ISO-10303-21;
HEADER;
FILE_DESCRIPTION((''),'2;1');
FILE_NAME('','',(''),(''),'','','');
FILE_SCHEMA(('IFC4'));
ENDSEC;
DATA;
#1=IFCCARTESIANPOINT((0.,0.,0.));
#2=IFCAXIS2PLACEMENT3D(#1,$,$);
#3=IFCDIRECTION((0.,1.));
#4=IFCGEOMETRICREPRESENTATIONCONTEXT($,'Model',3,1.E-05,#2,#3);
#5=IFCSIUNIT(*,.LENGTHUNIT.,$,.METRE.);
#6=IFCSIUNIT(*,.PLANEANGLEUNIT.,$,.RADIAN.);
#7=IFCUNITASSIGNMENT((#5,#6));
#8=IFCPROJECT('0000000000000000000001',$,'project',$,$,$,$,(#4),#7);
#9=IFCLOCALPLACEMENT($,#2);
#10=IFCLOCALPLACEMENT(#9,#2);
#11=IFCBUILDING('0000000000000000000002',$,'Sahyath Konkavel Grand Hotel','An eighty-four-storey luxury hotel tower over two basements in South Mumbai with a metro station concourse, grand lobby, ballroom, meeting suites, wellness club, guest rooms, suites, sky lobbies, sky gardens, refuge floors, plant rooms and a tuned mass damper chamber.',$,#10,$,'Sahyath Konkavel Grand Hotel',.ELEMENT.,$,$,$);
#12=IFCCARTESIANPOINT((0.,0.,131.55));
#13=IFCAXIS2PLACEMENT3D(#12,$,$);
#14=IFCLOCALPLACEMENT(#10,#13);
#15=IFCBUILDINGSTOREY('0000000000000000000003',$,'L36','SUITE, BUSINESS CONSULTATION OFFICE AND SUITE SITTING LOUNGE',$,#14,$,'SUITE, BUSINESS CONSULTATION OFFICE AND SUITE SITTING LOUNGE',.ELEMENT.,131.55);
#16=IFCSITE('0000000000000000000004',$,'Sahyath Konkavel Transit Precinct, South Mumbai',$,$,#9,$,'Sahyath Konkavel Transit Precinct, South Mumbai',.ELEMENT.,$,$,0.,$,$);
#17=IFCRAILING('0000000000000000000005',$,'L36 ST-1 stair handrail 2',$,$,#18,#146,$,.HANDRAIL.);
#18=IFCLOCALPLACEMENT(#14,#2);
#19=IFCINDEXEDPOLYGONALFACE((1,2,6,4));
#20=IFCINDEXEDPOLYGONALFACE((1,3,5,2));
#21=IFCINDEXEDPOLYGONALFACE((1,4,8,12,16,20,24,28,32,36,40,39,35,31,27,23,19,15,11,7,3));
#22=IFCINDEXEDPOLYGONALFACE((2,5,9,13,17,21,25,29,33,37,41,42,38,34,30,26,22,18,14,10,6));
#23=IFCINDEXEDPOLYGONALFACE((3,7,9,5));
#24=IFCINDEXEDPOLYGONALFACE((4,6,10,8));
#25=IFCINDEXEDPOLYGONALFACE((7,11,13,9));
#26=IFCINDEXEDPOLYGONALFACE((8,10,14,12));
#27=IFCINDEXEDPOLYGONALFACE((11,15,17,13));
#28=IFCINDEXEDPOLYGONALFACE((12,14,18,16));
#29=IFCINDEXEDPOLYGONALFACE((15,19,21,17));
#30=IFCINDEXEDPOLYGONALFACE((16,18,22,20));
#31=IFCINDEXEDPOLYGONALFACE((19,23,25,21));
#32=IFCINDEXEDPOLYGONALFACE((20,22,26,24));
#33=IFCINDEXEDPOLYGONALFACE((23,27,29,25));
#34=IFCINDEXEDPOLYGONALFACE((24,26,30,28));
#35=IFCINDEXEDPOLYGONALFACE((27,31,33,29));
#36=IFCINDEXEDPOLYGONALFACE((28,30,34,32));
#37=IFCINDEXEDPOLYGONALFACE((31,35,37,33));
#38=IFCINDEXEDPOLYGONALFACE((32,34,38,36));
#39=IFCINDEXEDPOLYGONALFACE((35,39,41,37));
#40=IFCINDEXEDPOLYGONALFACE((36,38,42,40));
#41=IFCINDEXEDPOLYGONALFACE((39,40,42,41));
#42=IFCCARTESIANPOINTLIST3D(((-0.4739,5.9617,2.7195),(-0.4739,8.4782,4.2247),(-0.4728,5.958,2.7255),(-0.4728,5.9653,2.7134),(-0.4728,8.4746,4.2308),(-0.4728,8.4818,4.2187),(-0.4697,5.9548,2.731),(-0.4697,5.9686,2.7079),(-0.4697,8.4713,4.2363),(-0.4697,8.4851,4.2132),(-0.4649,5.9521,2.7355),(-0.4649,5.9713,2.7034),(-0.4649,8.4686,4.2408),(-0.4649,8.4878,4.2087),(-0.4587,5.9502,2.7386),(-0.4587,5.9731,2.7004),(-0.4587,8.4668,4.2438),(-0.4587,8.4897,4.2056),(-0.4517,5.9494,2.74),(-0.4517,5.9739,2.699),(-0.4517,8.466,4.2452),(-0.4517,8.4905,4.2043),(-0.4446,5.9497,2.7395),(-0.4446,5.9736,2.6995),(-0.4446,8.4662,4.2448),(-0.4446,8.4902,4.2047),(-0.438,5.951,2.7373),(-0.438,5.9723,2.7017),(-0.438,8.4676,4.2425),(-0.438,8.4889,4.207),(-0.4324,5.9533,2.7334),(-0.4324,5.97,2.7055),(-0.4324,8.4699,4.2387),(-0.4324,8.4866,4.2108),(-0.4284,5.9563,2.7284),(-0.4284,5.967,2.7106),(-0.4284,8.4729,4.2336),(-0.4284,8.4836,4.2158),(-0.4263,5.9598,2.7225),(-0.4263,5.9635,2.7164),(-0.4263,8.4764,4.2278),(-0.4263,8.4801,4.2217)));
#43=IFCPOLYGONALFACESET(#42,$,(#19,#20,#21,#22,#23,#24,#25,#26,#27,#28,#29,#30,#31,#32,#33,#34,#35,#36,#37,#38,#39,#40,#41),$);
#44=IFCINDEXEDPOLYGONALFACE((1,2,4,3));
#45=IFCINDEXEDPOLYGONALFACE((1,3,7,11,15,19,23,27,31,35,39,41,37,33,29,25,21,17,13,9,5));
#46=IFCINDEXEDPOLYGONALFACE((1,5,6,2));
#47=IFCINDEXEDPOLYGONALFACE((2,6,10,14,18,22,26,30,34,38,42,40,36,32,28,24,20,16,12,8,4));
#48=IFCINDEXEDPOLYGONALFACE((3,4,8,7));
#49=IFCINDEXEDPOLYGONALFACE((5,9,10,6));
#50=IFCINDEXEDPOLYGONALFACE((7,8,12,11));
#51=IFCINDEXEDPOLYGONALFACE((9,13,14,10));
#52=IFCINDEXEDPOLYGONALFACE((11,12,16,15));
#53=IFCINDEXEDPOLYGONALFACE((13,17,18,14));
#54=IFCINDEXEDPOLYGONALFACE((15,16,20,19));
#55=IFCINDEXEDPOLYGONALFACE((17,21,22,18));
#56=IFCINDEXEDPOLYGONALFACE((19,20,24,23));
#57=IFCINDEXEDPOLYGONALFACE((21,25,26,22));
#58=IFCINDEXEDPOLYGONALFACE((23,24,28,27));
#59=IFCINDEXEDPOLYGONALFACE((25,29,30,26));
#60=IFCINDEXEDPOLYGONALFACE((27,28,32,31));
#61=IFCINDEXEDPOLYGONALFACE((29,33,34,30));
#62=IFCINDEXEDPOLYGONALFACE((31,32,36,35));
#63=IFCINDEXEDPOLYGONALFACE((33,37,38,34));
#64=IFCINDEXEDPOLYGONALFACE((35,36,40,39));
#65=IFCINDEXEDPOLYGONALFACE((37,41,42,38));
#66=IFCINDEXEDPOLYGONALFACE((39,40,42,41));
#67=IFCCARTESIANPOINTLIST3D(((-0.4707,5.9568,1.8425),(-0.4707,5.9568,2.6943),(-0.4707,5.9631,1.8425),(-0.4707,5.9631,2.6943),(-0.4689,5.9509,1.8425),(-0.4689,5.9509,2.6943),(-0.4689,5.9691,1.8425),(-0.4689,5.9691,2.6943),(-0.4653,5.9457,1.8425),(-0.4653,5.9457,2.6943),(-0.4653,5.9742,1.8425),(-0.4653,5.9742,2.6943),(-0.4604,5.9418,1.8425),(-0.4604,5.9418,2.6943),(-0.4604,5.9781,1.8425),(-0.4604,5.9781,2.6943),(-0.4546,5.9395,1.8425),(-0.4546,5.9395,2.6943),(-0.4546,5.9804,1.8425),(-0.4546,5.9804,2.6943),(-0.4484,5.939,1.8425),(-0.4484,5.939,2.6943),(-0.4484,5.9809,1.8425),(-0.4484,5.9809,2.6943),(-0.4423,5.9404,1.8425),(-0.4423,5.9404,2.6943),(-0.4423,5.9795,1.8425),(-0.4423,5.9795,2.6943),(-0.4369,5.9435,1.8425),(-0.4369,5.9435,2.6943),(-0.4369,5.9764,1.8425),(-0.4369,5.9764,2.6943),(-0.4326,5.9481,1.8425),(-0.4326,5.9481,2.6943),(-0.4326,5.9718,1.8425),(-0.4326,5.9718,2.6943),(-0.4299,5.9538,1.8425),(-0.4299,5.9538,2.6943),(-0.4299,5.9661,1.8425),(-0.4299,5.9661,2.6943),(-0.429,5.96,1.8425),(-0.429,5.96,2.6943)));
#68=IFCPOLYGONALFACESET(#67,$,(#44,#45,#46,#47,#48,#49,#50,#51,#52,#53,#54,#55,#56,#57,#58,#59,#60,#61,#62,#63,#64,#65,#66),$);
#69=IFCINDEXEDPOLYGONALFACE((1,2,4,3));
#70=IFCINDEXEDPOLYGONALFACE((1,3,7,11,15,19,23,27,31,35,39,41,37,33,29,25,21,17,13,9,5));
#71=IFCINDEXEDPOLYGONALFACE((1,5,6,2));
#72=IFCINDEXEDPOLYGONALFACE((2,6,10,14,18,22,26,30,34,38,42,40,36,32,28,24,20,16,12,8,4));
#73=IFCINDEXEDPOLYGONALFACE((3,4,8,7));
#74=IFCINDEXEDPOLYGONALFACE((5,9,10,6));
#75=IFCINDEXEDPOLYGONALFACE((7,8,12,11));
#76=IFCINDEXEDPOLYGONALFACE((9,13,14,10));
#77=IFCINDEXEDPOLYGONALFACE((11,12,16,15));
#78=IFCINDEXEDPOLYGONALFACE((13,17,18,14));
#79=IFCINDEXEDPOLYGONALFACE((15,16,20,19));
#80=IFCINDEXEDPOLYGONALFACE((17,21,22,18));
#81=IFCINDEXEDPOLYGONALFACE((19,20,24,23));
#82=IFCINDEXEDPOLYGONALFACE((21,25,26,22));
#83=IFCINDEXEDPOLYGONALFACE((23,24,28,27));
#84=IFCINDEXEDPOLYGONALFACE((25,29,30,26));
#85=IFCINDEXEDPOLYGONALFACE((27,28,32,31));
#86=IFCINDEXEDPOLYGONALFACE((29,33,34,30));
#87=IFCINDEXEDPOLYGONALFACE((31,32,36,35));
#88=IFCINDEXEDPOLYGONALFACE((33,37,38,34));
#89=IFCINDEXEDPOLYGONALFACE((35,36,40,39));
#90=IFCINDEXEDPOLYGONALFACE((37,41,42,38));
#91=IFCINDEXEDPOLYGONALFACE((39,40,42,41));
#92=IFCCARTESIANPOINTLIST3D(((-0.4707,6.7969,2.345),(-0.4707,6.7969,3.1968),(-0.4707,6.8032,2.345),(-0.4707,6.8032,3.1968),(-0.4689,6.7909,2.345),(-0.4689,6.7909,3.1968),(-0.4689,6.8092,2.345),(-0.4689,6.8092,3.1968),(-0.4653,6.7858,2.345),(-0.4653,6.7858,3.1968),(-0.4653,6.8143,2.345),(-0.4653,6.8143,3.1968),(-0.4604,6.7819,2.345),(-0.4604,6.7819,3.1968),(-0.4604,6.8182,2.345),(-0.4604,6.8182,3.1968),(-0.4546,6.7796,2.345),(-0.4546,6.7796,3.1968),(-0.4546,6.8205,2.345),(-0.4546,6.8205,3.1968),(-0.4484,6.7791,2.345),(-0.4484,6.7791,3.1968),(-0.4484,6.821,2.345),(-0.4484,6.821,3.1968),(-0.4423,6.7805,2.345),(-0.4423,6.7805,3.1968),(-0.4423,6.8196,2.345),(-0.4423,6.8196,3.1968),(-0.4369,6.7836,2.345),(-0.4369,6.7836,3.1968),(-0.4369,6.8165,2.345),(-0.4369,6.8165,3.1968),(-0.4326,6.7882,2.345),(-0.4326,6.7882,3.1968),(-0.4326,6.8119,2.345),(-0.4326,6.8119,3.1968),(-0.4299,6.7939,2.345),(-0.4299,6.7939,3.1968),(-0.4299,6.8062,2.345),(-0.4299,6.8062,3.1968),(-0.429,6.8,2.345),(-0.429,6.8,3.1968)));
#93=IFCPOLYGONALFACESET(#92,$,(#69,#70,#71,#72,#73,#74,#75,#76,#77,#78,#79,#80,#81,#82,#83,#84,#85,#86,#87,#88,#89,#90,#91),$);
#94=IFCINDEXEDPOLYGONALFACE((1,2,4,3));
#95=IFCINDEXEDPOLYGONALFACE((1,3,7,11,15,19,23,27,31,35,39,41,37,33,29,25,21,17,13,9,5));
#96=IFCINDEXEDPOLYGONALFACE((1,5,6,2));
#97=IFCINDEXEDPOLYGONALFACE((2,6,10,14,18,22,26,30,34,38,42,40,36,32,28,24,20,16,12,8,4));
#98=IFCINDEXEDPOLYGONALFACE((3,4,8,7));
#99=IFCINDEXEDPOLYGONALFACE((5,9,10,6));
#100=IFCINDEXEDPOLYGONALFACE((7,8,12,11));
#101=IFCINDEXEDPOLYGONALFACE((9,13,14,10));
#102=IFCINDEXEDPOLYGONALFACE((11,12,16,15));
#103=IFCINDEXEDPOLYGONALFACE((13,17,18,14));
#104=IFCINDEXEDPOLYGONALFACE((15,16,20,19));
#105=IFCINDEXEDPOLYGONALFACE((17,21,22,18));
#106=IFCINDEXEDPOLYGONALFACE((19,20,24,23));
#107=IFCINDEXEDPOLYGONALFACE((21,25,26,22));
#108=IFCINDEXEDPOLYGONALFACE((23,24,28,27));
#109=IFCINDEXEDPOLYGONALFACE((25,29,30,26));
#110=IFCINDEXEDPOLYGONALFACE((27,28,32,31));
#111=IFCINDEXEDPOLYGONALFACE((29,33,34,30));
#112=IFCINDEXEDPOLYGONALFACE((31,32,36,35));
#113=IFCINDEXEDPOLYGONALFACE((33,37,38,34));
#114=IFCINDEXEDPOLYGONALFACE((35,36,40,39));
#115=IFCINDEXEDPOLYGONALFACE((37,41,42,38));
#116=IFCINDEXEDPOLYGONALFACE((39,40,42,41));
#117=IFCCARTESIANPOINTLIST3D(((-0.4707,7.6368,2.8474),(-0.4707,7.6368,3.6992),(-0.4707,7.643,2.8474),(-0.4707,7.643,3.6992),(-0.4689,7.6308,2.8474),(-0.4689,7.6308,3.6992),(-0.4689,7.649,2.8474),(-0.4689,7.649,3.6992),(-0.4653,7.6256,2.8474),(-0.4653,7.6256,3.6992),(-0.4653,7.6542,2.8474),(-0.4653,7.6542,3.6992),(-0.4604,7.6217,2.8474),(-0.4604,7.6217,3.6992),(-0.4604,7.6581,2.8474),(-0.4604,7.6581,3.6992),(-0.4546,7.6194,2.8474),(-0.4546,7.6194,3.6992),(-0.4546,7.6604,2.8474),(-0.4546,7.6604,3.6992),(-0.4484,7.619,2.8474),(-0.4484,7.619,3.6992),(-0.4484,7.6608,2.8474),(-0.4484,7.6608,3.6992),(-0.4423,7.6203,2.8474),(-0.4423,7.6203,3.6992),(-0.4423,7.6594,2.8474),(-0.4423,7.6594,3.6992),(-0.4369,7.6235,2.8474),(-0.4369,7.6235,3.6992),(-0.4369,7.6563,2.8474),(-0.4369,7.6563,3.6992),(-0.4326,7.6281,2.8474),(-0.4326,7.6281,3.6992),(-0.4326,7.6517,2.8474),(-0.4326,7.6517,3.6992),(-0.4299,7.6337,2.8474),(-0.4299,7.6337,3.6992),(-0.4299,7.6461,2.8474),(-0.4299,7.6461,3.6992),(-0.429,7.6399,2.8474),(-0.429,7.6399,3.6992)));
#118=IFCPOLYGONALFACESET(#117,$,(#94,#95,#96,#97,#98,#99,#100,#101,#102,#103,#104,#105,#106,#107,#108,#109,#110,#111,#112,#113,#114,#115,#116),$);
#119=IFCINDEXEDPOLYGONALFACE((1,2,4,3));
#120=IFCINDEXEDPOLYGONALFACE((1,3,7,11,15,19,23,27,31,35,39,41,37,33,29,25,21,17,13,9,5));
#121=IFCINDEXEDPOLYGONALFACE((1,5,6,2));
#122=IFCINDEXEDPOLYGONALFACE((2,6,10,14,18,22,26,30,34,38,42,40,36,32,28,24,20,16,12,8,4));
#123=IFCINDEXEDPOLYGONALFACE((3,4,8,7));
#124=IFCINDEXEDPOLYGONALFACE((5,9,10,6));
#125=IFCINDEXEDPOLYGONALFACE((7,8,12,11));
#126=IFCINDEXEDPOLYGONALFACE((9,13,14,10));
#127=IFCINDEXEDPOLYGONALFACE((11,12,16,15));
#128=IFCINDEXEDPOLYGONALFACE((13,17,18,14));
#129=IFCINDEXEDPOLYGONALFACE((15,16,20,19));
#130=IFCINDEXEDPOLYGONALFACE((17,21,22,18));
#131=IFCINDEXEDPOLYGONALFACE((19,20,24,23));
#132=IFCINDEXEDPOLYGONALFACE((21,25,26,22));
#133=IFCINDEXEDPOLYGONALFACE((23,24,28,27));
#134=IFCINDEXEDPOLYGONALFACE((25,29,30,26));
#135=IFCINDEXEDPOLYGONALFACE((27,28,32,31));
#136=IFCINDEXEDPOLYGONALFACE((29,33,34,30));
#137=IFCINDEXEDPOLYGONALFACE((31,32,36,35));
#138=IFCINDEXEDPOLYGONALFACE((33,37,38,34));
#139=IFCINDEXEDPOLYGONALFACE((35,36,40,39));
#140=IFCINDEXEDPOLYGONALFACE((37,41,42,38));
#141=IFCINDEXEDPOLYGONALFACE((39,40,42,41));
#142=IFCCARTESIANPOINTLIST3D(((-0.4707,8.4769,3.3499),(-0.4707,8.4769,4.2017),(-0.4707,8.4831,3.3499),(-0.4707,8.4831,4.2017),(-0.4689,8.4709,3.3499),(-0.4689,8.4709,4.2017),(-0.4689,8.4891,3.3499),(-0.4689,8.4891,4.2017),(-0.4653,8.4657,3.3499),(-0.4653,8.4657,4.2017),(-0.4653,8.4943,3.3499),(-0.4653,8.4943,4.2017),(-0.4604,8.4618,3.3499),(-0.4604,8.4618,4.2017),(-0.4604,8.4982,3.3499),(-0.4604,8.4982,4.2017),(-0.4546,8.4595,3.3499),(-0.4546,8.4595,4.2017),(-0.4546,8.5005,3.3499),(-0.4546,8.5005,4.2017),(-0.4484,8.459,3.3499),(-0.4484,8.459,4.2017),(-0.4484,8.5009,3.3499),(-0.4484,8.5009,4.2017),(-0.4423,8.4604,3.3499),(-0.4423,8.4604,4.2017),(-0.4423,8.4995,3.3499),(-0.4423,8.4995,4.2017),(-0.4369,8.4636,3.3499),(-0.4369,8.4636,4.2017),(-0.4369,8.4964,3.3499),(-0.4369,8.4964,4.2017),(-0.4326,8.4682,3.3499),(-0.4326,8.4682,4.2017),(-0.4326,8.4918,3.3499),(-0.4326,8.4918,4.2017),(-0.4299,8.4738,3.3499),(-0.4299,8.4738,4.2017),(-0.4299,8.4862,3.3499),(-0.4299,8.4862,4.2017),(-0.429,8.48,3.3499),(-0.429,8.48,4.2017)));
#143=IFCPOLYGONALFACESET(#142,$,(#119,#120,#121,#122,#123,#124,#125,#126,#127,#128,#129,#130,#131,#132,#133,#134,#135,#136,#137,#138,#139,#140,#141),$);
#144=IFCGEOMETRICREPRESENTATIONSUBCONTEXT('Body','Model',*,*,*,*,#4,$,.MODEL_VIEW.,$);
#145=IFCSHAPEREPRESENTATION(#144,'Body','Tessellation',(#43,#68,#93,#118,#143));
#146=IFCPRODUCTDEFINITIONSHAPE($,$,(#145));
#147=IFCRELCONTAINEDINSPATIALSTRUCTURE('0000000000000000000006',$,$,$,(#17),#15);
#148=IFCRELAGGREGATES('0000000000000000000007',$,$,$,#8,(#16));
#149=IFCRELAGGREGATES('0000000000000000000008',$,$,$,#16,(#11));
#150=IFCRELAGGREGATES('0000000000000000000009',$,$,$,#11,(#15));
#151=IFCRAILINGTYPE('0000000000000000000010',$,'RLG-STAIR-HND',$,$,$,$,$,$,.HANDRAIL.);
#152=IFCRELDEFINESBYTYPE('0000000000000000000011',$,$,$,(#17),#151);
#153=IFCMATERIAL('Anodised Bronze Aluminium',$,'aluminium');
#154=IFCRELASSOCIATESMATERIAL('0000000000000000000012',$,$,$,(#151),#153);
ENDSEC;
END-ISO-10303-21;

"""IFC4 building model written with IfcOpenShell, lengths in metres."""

from ifc_helpers import new_model, si_unit, direction, frame, origin, origin_2d, place, context, subcontext, project, spatial, circle, extrude, material, type_object, element, save


model = new_model("IFC4")

# Units and contexts
model_context = context("Model", 3, precision=1e-05, world=origin(), true_north=direction((0.0, 1.0)))
body_context = subcontext(model_context, "Body", "Model", "MODEL_VIEW")
ifc_project = project(units=[si_unit("LENGTHUNIT", "METRE"), si_unit("PLANEANGLEUNIT", "RADIAN")], contexts=[model_context])

# Site, building, storey
site_placement = place(None, origin())
site = spatial("IfcSite", under=ifc_project, at=site_placement, Name="Sahyath Konkavel Transit Precinct, South Mumbai", LongName="Sahyath Konkavel Transit Precinct, South Mumbai", CompositionType="ELEMENT", RefElevation=0.0)
building_placement = place(site_placement, origin())
building = spatial("IfcBuilding", under=site, at=building_placement, Name="Sahyath Konkavel Grand Hotel", Description="An eighty-four-storey luxury hotel tower over two basements in South Mumbai with a metro station concourse, grand lobby, ballroom, meeting suites, wellness club, guest rooms, suites, sky lobbies, sky gardens, refuge floors, plant rooms and a tuned mass damper chamber.", LongName="Sahyath Konkavel Grand Hotel", CompositionType="ELEMENT")
storey_placement = place(building_placement, frame((0.0, 0.0, 131.55)))
storey = spatial("IfcBuildingStorey", under=building, at=storey_placement, Name="L36", Description="SUITE, BUSINESS CONSULTATION OFFICE AND SUITE SITTING LOUNGE", LongName="SUITE, BUSINESS CONSULTATION OFFICE AND SUITE SITTING LOUNGE", CompositionType="ELEMENT", Elevation=131.55)

# Shared definitions
ifc_material_1 = material(Name="Anodised Bronze Aluminium", Category="aluminium")

# Railing
railing_type_1 = type_object("IfcRailingType", Name="RLG-STAIR-HND", PredefinedType="HANDRAIL", material=ifc_material_1)
railing_1_placement = place(storey_placement, frame((-0.45, 5.96, 1.8425)))
element("IfcRailing", 1, at=railing_1_placement, inside=storey, type_object=railing_type_1, Name="L36 ST-1 stair handrail 2", PredefinedType="HANDRAIL", context=body_context, shape_type="SweptSolid", body=[
    extrude(circle(Radius=0.0239, at=origin_2d()), frame((0.0, 0.0017, 0.877), z_axis=(0.0, 0.858196, 0.513321), x_axis=(-1.0, 0.0, 0.0)), (0.0, 0.0, 1.0), 2.9324),
    extrude(circle(Radius=0.021, at=origin_2d()), origin(), (0.0, 0.0, 1.0), 0.8518),
    extrude(circle(Radius=0.021, at=origin_2d()), frame((0.0, 0.8401, 0.5024)), (0.0, 0.0, 1.0), 0.8518),
    extrude(circle(Radius=0.021, at=origin_2d()), frame((0.0, 1.6799, 1.0049)), (0.0, 0.0, 1.0), 0.8518),
    extrude(circle(Radius=0.021, at=origin_2d()), frame((0.0, 2.52, 1.5073)), (0.0, 0.0, 1.0), 0.8518),
])

save(model, "model.ifc")
